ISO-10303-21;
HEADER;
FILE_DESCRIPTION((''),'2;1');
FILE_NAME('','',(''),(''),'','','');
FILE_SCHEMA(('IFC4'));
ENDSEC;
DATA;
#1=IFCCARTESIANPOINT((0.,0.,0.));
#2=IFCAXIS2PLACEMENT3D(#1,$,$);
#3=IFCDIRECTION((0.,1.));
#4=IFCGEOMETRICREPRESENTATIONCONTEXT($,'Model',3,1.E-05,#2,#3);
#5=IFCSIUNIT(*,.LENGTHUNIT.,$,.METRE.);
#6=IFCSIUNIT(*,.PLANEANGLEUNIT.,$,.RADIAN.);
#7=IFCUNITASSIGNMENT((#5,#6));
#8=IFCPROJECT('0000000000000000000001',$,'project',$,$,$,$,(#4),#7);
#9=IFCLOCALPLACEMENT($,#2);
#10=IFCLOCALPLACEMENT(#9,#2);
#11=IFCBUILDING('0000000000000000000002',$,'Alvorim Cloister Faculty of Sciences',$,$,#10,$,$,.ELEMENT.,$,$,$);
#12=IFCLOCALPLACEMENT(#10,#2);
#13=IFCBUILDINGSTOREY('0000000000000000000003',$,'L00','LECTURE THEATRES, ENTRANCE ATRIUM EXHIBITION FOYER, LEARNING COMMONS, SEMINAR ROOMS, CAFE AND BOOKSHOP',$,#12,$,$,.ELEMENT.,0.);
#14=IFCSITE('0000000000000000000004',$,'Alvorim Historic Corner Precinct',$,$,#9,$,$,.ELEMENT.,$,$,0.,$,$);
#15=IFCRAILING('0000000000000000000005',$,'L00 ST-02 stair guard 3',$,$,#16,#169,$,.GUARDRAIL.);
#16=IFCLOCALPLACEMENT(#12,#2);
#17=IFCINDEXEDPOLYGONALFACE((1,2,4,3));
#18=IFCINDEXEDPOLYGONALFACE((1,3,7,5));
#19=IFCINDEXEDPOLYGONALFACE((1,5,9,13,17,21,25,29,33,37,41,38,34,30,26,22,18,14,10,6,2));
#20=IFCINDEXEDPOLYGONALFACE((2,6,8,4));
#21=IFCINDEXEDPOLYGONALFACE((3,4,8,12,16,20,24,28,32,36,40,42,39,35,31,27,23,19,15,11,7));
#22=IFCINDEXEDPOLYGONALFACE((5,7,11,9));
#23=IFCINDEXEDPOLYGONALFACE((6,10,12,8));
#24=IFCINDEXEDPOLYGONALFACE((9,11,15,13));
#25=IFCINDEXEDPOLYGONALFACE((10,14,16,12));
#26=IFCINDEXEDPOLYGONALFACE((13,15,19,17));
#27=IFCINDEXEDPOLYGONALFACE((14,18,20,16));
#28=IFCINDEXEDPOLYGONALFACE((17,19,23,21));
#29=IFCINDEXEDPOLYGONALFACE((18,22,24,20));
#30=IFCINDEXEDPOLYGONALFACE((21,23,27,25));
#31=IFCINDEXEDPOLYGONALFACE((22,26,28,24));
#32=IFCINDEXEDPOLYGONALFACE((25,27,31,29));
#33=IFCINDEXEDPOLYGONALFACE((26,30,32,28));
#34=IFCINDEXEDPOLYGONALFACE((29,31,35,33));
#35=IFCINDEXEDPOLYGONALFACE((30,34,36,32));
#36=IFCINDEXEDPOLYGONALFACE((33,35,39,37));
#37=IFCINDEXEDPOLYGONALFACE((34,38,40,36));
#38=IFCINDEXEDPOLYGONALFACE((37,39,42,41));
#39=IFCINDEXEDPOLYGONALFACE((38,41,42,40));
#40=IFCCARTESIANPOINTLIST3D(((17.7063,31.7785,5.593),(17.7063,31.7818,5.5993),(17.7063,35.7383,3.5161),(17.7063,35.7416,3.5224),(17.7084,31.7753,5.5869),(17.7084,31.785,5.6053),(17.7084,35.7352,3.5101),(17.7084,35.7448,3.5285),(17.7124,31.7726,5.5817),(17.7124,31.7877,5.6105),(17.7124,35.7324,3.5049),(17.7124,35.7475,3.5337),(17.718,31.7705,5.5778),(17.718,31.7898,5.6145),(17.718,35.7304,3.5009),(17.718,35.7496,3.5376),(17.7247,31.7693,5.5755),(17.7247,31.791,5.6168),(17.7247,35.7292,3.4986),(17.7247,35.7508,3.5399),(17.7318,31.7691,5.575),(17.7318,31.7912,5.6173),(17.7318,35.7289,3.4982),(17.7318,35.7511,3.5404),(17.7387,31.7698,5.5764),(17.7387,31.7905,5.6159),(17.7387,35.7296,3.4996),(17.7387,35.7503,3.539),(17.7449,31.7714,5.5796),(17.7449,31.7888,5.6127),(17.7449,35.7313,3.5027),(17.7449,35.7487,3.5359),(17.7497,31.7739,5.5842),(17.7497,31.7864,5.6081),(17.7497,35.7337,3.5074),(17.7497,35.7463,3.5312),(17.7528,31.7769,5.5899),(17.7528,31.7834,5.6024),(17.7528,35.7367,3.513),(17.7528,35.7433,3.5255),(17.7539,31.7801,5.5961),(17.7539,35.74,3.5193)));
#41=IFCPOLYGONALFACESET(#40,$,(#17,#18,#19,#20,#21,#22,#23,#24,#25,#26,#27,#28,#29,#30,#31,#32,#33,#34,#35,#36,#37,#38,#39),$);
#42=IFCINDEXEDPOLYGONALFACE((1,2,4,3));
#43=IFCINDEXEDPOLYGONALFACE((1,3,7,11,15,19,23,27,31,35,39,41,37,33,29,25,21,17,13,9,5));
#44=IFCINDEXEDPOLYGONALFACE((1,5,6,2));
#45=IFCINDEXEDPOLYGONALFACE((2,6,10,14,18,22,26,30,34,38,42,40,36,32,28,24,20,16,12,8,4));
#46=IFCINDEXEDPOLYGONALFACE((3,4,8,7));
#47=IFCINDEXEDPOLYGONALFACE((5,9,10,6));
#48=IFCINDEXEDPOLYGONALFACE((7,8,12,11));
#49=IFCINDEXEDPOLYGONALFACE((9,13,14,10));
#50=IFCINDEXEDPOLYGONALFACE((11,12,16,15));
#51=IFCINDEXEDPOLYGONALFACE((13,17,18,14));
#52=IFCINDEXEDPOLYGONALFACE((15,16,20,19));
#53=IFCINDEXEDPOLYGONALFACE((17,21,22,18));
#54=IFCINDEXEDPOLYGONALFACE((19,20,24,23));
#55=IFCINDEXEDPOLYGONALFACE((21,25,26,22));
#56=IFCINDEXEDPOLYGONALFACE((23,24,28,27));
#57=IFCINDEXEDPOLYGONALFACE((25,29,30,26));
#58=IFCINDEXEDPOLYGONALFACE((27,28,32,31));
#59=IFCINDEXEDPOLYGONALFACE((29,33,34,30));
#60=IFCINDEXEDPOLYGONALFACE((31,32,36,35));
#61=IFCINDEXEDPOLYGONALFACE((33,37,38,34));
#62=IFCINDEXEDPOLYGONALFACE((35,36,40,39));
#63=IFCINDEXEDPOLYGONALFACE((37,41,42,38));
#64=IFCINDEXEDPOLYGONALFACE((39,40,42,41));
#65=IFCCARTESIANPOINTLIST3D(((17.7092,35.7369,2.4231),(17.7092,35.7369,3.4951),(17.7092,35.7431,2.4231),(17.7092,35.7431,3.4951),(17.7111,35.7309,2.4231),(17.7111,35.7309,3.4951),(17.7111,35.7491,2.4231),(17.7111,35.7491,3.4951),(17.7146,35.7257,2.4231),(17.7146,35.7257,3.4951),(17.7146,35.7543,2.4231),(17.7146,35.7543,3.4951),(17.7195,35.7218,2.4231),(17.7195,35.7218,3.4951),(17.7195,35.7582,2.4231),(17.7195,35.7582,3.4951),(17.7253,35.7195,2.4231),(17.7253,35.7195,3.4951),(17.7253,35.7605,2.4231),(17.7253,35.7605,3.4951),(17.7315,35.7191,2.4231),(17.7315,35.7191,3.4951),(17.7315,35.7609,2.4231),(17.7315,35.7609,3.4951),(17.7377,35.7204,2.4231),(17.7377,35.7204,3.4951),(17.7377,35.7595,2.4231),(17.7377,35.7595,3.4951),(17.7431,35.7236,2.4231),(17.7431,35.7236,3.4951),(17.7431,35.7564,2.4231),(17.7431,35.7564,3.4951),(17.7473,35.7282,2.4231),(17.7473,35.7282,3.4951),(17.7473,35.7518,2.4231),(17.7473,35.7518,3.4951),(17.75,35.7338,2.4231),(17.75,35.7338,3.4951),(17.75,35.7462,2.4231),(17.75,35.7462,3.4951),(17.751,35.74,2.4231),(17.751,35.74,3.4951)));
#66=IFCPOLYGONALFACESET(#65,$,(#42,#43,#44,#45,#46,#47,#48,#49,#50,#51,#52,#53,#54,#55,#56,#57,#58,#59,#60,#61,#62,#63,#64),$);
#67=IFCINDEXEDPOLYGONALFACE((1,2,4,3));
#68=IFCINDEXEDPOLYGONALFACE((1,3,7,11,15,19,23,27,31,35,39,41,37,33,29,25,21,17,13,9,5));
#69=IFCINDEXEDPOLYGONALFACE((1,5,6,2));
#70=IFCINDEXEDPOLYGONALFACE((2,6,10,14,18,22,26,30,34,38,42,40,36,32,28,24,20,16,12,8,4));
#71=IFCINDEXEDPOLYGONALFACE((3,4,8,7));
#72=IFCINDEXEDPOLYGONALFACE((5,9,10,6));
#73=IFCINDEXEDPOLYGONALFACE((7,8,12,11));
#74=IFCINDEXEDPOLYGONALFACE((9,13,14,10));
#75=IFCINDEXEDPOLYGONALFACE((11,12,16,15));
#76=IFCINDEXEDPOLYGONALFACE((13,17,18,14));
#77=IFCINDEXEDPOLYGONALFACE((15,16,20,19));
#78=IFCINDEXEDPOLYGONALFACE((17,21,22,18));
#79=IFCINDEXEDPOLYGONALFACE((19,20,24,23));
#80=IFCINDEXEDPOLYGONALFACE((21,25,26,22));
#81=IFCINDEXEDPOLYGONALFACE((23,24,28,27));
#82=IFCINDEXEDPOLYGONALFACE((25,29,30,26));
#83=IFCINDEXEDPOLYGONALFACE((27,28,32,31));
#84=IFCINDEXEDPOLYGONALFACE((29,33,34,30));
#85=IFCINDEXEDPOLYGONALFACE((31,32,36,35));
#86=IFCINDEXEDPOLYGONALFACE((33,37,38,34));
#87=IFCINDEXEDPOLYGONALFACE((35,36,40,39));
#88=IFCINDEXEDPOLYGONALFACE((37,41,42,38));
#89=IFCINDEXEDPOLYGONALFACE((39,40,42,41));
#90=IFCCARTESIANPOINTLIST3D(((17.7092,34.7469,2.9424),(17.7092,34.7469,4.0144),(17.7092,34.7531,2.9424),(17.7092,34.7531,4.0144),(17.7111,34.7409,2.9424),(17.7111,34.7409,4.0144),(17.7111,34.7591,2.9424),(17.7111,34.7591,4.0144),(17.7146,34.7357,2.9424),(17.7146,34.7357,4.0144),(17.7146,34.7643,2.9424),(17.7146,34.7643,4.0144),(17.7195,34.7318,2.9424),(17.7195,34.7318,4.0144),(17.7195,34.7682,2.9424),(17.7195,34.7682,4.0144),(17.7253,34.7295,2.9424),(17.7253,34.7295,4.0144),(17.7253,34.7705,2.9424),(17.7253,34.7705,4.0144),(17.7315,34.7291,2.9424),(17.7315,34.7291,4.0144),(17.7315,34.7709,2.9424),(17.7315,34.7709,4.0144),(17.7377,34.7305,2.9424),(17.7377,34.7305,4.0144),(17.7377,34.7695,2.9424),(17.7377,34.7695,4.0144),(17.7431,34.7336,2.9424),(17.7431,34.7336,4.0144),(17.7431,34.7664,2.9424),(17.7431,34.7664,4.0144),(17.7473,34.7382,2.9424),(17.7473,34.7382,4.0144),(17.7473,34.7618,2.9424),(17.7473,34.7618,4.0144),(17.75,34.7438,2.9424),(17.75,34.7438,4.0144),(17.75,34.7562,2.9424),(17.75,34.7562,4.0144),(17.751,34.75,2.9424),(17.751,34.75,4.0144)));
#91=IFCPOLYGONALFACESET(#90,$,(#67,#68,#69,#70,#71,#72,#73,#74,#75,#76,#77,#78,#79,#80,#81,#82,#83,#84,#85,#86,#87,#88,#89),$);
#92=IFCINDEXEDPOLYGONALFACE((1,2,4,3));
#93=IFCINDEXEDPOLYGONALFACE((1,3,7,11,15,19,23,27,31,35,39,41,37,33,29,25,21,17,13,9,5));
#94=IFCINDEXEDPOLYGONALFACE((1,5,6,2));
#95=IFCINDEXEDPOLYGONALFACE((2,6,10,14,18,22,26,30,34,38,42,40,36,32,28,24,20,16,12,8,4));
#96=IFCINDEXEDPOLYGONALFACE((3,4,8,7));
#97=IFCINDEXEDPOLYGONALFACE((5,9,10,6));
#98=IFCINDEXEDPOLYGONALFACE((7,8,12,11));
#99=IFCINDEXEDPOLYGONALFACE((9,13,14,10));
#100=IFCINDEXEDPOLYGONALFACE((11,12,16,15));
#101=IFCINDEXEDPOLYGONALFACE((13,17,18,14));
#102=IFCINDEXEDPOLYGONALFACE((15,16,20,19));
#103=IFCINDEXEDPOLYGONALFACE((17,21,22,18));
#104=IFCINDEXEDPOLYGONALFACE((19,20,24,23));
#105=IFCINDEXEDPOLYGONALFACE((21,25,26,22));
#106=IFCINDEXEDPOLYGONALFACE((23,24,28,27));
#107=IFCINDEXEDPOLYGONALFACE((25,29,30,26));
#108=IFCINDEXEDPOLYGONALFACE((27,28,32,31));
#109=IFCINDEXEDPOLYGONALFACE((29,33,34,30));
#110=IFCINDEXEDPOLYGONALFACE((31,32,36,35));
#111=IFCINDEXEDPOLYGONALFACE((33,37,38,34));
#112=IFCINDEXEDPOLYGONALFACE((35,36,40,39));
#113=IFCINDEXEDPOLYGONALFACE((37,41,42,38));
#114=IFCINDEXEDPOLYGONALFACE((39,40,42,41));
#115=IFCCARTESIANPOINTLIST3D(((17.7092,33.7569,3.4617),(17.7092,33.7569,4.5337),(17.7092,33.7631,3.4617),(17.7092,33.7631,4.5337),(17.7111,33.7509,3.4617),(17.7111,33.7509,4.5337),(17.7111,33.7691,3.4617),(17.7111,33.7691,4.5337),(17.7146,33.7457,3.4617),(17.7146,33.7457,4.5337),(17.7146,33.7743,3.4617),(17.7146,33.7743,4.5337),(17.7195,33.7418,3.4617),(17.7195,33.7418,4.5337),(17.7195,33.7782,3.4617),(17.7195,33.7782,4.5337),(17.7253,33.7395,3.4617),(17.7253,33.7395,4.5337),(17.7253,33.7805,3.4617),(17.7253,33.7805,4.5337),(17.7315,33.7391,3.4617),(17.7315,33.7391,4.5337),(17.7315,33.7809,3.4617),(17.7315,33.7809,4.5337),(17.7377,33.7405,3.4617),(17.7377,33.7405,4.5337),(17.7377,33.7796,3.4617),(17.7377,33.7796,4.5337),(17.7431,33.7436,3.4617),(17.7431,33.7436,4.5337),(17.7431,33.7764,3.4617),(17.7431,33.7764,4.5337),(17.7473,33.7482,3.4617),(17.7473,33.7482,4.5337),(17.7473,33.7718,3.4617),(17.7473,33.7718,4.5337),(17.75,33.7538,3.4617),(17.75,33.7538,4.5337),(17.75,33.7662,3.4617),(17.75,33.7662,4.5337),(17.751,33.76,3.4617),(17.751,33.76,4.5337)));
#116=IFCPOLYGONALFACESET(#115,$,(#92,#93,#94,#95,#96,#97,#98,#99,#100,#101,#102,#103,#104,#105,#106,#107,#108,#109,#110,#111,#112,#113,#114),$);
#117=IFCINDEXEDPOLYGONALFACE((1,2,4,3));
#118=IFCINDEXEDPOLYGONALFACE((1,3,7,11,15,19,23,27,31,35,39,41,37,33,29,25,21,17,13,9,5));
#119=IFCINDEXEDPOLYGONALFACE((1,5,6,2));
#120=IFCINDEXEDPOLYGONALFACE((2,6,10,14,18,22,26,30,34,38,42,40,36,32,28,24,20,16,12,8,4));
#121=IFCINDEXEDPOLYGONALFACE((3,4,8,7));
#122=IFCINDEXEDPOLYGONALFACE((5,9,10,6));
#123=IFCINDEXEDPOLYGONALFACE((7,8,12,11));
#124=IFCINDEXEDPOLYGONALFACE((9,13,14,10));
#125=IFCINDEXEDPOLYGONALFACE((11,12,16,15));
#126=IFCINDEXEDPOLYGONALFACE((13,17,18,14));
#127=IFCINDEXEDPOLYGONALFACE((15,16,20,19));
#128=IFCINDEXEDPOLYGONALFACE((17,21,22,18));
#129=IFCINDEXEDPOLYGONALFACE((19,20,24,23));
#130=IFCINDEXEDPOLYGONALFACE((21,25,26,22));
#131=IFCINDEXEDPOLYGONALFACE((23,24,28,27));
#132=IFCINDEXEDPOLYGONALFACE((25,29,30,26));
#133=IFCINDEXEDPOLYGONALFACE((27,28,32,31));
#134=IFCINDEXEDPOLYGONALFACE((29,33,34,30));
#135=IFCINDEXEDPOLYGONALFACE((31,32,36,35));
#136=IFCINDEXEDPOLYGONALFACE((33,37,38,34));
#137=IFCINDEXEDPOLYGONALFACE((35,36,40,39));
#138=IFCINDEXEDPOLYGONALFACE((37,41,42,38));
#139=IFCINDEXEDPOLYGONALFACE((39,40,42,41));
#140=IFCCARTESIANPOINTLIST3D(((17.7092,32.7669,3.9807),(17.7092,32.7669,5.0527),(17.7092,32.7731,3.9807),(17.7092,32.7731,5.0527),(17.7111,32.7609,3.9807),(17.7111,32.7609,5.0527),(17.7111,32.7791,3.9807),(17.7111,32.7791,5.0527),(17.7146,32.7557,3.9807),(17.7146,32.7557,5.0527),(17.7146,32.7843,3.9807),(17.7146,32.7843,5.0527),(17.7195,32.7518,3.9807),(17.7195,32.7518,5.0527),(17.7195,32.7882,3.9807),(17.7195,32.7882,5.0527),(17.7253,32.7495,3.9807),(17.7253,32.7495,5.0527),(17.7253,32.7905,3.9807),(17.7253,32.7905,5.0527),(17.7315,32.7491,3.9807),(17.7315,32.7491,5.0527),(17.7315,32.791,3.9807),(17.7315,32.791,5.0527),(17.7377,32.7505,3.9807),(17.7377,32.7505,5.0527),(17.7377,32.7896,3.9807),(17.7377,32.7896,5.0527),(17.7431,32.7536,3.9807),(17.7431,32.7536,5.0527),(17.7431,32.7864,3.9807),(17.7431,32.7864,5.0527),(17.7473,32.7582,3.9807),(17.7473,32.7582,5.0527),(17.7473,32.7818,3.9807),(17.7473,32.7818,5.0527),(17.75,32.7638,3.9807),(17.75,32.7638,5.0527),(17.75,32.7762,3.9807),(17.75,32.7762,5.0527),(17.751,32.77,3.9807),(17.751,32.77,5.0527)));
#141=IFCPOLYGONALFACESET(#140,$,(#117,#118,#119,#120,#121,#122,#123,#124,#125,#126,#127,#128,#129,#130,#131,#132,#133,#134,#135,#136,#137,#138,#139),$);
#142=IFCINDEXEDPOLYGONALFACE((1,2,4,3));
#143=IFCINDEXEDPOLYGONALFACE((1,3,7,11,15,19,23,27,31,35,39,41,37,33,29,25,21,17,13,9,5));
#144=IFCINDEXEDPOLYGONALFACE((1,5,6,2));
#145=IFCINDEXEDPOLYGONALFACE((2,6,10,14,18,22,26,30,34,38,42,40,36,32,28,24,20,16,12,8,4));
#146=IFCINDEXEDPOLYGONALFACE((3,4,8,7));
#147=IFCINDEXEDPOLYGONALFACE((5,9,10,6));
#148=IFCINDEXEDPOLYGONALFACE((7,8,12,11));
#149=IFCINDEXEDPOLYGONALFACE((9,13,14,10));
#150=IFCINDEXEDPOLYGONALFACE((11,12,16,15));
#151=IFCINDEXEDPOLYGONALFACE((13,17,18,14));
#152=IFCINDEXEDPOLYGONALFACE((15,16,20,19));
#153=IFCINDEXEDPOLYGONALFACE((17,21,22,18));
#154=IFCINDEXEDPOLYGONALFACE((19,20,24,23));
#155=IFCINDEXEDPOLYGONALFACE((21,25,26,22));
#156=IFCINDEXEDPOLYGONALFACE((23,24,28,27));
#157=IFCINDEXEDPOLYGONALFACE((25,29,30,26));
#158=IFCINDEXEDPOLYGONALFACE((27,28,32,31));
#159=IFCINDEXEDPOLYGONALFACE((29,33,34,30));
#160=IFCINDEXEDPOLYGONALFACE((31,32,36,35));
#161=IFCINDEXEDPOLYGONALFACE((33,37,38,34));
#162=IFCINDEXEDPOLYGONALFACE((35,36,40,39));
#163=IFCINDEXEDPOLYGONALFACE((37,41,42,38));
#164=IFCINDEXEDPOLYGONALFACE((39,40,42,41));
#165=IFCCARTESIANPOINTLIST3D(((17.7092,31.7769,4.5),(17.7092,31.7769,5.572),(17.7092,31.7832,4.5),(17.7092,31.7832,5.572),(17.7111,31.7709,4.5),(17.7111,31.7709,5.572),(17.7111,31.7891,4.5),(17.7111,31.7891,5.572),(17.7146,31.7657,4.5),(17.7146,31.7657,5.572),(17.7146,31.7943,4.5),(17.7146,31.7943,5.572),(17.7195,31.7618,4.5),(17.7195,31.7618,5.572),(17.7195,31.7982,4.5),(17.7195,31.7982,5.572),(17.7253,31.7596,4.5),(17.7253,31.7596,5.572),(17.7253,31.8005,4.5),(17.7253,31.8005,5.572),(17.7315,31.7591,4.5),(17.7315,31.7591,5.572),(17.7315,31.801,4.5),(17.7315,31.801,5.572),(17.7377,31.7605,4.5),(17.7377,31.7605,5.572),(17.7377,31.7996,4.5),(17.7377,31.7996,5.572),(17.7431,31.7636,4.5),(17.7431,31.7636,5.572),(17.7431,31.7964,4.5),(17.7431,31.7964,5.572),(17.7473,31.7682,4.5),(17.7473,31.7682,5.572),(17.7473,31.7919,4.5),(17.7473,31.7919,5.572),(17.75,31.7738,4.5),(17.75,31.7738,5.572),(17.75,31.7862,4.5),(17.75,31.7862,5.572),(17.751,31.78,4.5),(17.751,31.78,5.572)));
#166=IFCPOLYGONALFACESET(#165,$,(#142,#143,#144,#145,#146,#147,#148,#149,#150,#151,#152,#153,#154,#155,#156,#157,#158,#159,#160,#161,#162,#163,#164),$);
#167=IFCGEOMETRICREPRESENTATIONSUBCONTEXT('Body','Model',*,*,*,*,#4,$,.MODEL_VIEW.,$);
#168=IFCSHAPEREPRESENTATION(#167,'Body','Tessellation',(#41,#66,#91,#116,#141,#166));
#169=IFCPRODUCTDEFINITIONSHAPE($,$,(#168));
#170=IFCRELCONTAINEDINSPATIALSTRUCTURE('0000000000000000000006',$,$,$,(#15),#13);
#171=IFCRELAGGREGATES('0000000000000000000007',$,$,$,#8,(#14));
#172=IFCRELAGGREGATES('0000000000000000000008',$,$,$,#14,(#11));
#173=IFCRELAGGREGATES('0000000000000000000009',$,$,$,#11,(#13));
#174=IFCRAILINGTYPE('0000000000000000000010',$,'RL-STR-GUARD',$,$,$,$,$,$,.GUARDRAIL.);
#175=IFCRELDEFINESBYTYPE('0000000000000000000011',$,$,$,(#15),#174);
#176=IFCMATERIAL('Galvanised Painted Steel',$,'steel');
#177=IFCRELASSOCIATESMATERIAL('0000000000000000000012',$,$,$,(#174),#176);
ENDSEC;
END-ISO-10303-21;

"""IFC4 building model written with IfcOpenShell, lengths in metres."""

from ifc_helpers import new_model, si_unit, direction, frame, origin, origin_2d, place, context, subcontext, project, spatial, circle, extrude, material, type_object, element, save


model = new_model("IFC4")

# Units and contexts
model_context = context("Model", 3, precision=1e-05, world=origin(), true_north=direction((0.0, 1.0)))
body_context = subcontext(model_context, "Body", "Model", "MODEL_VIEW")
ifc_project = project(units=[si_unit("LENGTHUNIT", "METRE"), si_unit("PLANEANGLEUNIT", "RADIAN")], contexts=[model_context])

# Site, building, storey
site_placement = place(None, origin())
site = spatial("IfcSite", under=ifc_project, at=site_placement, Name="Alvorim Historic Corner Precinct", CompositionType="ELEMENT", RefElevation=0.0)
building_placement = place(site_placement, origin())
building = spatial("IfcBuilding", under=site, at=building_placement, Name="Alvorim Cloister Faculty of Sciences", CompositionType="ELEMENT")
storey_placement = place(building_placement, origin())
storey = spatial("IfcBuildingStorey", under=building, at=storey_placement, Name="L00", Description="LECTURE THEATRES, ENTRANCE ATRIUM EXHIBITION FOYER, LEARNING COMMONS, SEMINAR ROOMS, CAFE AND BOOKSHOP", CompositionType="ELEMENT", Elevation=0.0)

# Railing
ifc_material_1 = material(Name="Galvanised Painted Steel", Category="steel")
railing_type_1 = type_object("IfcRailingType", Name="RL-STR-GUARD", PredefinedType="GUARDRAIL", material=ifc_material_1)
for number, where, name in (
    (1, (17.73, 35.74, 2.4231), "L00 ST-02 stair guard 3"),
):
    element("IfcRailing", number, at=place(storey_placement, frame(where)), inside=storey, type_object=railing_type_1, Name=name, PredefinedType="GUARDRAIL", context=body_context, shape_type="SweptSolid", body=[
        extrude(circle(Radius=0.0239, at=origin_2d()), frame((0.0, 0.0, 1.0962), z_axis=(0.0, -0.885589, 0.46447), x_axis=(1.0, 0.0, 0.0)), (0.0, 0.0, 1.0), 4.4714),
        extrude(circle(Radius=0.021, at=origin_2d()), origin(), (0.0, 0.0, 1.0), 1.072),
        extrude(circle(Radius=0.021, at=origin_2d()), frame((0.0, -0.99, 0.5193)), (0.0, 0.0, 1.0), 1.072),
        extrude(circle(Radius=0.021, at=origin_2d()), frame((0.0, -1.98, 1.0386)), (0.0, 0.0, 1.0), 1.072),
        extrude(circle(Radius=0.021, at=origin_2d()), frame((0.0, -2.97, 1.5576)), (0.0, 0.0, 1.0), 1.072),
        extrude(circle(Radius=0.021, at=origin_2d()), frame((0.0, -3.96, 2.0769)), (0.0, 0.0, 1.0), 1.072),
    ])

save(model, "model.ifc")
